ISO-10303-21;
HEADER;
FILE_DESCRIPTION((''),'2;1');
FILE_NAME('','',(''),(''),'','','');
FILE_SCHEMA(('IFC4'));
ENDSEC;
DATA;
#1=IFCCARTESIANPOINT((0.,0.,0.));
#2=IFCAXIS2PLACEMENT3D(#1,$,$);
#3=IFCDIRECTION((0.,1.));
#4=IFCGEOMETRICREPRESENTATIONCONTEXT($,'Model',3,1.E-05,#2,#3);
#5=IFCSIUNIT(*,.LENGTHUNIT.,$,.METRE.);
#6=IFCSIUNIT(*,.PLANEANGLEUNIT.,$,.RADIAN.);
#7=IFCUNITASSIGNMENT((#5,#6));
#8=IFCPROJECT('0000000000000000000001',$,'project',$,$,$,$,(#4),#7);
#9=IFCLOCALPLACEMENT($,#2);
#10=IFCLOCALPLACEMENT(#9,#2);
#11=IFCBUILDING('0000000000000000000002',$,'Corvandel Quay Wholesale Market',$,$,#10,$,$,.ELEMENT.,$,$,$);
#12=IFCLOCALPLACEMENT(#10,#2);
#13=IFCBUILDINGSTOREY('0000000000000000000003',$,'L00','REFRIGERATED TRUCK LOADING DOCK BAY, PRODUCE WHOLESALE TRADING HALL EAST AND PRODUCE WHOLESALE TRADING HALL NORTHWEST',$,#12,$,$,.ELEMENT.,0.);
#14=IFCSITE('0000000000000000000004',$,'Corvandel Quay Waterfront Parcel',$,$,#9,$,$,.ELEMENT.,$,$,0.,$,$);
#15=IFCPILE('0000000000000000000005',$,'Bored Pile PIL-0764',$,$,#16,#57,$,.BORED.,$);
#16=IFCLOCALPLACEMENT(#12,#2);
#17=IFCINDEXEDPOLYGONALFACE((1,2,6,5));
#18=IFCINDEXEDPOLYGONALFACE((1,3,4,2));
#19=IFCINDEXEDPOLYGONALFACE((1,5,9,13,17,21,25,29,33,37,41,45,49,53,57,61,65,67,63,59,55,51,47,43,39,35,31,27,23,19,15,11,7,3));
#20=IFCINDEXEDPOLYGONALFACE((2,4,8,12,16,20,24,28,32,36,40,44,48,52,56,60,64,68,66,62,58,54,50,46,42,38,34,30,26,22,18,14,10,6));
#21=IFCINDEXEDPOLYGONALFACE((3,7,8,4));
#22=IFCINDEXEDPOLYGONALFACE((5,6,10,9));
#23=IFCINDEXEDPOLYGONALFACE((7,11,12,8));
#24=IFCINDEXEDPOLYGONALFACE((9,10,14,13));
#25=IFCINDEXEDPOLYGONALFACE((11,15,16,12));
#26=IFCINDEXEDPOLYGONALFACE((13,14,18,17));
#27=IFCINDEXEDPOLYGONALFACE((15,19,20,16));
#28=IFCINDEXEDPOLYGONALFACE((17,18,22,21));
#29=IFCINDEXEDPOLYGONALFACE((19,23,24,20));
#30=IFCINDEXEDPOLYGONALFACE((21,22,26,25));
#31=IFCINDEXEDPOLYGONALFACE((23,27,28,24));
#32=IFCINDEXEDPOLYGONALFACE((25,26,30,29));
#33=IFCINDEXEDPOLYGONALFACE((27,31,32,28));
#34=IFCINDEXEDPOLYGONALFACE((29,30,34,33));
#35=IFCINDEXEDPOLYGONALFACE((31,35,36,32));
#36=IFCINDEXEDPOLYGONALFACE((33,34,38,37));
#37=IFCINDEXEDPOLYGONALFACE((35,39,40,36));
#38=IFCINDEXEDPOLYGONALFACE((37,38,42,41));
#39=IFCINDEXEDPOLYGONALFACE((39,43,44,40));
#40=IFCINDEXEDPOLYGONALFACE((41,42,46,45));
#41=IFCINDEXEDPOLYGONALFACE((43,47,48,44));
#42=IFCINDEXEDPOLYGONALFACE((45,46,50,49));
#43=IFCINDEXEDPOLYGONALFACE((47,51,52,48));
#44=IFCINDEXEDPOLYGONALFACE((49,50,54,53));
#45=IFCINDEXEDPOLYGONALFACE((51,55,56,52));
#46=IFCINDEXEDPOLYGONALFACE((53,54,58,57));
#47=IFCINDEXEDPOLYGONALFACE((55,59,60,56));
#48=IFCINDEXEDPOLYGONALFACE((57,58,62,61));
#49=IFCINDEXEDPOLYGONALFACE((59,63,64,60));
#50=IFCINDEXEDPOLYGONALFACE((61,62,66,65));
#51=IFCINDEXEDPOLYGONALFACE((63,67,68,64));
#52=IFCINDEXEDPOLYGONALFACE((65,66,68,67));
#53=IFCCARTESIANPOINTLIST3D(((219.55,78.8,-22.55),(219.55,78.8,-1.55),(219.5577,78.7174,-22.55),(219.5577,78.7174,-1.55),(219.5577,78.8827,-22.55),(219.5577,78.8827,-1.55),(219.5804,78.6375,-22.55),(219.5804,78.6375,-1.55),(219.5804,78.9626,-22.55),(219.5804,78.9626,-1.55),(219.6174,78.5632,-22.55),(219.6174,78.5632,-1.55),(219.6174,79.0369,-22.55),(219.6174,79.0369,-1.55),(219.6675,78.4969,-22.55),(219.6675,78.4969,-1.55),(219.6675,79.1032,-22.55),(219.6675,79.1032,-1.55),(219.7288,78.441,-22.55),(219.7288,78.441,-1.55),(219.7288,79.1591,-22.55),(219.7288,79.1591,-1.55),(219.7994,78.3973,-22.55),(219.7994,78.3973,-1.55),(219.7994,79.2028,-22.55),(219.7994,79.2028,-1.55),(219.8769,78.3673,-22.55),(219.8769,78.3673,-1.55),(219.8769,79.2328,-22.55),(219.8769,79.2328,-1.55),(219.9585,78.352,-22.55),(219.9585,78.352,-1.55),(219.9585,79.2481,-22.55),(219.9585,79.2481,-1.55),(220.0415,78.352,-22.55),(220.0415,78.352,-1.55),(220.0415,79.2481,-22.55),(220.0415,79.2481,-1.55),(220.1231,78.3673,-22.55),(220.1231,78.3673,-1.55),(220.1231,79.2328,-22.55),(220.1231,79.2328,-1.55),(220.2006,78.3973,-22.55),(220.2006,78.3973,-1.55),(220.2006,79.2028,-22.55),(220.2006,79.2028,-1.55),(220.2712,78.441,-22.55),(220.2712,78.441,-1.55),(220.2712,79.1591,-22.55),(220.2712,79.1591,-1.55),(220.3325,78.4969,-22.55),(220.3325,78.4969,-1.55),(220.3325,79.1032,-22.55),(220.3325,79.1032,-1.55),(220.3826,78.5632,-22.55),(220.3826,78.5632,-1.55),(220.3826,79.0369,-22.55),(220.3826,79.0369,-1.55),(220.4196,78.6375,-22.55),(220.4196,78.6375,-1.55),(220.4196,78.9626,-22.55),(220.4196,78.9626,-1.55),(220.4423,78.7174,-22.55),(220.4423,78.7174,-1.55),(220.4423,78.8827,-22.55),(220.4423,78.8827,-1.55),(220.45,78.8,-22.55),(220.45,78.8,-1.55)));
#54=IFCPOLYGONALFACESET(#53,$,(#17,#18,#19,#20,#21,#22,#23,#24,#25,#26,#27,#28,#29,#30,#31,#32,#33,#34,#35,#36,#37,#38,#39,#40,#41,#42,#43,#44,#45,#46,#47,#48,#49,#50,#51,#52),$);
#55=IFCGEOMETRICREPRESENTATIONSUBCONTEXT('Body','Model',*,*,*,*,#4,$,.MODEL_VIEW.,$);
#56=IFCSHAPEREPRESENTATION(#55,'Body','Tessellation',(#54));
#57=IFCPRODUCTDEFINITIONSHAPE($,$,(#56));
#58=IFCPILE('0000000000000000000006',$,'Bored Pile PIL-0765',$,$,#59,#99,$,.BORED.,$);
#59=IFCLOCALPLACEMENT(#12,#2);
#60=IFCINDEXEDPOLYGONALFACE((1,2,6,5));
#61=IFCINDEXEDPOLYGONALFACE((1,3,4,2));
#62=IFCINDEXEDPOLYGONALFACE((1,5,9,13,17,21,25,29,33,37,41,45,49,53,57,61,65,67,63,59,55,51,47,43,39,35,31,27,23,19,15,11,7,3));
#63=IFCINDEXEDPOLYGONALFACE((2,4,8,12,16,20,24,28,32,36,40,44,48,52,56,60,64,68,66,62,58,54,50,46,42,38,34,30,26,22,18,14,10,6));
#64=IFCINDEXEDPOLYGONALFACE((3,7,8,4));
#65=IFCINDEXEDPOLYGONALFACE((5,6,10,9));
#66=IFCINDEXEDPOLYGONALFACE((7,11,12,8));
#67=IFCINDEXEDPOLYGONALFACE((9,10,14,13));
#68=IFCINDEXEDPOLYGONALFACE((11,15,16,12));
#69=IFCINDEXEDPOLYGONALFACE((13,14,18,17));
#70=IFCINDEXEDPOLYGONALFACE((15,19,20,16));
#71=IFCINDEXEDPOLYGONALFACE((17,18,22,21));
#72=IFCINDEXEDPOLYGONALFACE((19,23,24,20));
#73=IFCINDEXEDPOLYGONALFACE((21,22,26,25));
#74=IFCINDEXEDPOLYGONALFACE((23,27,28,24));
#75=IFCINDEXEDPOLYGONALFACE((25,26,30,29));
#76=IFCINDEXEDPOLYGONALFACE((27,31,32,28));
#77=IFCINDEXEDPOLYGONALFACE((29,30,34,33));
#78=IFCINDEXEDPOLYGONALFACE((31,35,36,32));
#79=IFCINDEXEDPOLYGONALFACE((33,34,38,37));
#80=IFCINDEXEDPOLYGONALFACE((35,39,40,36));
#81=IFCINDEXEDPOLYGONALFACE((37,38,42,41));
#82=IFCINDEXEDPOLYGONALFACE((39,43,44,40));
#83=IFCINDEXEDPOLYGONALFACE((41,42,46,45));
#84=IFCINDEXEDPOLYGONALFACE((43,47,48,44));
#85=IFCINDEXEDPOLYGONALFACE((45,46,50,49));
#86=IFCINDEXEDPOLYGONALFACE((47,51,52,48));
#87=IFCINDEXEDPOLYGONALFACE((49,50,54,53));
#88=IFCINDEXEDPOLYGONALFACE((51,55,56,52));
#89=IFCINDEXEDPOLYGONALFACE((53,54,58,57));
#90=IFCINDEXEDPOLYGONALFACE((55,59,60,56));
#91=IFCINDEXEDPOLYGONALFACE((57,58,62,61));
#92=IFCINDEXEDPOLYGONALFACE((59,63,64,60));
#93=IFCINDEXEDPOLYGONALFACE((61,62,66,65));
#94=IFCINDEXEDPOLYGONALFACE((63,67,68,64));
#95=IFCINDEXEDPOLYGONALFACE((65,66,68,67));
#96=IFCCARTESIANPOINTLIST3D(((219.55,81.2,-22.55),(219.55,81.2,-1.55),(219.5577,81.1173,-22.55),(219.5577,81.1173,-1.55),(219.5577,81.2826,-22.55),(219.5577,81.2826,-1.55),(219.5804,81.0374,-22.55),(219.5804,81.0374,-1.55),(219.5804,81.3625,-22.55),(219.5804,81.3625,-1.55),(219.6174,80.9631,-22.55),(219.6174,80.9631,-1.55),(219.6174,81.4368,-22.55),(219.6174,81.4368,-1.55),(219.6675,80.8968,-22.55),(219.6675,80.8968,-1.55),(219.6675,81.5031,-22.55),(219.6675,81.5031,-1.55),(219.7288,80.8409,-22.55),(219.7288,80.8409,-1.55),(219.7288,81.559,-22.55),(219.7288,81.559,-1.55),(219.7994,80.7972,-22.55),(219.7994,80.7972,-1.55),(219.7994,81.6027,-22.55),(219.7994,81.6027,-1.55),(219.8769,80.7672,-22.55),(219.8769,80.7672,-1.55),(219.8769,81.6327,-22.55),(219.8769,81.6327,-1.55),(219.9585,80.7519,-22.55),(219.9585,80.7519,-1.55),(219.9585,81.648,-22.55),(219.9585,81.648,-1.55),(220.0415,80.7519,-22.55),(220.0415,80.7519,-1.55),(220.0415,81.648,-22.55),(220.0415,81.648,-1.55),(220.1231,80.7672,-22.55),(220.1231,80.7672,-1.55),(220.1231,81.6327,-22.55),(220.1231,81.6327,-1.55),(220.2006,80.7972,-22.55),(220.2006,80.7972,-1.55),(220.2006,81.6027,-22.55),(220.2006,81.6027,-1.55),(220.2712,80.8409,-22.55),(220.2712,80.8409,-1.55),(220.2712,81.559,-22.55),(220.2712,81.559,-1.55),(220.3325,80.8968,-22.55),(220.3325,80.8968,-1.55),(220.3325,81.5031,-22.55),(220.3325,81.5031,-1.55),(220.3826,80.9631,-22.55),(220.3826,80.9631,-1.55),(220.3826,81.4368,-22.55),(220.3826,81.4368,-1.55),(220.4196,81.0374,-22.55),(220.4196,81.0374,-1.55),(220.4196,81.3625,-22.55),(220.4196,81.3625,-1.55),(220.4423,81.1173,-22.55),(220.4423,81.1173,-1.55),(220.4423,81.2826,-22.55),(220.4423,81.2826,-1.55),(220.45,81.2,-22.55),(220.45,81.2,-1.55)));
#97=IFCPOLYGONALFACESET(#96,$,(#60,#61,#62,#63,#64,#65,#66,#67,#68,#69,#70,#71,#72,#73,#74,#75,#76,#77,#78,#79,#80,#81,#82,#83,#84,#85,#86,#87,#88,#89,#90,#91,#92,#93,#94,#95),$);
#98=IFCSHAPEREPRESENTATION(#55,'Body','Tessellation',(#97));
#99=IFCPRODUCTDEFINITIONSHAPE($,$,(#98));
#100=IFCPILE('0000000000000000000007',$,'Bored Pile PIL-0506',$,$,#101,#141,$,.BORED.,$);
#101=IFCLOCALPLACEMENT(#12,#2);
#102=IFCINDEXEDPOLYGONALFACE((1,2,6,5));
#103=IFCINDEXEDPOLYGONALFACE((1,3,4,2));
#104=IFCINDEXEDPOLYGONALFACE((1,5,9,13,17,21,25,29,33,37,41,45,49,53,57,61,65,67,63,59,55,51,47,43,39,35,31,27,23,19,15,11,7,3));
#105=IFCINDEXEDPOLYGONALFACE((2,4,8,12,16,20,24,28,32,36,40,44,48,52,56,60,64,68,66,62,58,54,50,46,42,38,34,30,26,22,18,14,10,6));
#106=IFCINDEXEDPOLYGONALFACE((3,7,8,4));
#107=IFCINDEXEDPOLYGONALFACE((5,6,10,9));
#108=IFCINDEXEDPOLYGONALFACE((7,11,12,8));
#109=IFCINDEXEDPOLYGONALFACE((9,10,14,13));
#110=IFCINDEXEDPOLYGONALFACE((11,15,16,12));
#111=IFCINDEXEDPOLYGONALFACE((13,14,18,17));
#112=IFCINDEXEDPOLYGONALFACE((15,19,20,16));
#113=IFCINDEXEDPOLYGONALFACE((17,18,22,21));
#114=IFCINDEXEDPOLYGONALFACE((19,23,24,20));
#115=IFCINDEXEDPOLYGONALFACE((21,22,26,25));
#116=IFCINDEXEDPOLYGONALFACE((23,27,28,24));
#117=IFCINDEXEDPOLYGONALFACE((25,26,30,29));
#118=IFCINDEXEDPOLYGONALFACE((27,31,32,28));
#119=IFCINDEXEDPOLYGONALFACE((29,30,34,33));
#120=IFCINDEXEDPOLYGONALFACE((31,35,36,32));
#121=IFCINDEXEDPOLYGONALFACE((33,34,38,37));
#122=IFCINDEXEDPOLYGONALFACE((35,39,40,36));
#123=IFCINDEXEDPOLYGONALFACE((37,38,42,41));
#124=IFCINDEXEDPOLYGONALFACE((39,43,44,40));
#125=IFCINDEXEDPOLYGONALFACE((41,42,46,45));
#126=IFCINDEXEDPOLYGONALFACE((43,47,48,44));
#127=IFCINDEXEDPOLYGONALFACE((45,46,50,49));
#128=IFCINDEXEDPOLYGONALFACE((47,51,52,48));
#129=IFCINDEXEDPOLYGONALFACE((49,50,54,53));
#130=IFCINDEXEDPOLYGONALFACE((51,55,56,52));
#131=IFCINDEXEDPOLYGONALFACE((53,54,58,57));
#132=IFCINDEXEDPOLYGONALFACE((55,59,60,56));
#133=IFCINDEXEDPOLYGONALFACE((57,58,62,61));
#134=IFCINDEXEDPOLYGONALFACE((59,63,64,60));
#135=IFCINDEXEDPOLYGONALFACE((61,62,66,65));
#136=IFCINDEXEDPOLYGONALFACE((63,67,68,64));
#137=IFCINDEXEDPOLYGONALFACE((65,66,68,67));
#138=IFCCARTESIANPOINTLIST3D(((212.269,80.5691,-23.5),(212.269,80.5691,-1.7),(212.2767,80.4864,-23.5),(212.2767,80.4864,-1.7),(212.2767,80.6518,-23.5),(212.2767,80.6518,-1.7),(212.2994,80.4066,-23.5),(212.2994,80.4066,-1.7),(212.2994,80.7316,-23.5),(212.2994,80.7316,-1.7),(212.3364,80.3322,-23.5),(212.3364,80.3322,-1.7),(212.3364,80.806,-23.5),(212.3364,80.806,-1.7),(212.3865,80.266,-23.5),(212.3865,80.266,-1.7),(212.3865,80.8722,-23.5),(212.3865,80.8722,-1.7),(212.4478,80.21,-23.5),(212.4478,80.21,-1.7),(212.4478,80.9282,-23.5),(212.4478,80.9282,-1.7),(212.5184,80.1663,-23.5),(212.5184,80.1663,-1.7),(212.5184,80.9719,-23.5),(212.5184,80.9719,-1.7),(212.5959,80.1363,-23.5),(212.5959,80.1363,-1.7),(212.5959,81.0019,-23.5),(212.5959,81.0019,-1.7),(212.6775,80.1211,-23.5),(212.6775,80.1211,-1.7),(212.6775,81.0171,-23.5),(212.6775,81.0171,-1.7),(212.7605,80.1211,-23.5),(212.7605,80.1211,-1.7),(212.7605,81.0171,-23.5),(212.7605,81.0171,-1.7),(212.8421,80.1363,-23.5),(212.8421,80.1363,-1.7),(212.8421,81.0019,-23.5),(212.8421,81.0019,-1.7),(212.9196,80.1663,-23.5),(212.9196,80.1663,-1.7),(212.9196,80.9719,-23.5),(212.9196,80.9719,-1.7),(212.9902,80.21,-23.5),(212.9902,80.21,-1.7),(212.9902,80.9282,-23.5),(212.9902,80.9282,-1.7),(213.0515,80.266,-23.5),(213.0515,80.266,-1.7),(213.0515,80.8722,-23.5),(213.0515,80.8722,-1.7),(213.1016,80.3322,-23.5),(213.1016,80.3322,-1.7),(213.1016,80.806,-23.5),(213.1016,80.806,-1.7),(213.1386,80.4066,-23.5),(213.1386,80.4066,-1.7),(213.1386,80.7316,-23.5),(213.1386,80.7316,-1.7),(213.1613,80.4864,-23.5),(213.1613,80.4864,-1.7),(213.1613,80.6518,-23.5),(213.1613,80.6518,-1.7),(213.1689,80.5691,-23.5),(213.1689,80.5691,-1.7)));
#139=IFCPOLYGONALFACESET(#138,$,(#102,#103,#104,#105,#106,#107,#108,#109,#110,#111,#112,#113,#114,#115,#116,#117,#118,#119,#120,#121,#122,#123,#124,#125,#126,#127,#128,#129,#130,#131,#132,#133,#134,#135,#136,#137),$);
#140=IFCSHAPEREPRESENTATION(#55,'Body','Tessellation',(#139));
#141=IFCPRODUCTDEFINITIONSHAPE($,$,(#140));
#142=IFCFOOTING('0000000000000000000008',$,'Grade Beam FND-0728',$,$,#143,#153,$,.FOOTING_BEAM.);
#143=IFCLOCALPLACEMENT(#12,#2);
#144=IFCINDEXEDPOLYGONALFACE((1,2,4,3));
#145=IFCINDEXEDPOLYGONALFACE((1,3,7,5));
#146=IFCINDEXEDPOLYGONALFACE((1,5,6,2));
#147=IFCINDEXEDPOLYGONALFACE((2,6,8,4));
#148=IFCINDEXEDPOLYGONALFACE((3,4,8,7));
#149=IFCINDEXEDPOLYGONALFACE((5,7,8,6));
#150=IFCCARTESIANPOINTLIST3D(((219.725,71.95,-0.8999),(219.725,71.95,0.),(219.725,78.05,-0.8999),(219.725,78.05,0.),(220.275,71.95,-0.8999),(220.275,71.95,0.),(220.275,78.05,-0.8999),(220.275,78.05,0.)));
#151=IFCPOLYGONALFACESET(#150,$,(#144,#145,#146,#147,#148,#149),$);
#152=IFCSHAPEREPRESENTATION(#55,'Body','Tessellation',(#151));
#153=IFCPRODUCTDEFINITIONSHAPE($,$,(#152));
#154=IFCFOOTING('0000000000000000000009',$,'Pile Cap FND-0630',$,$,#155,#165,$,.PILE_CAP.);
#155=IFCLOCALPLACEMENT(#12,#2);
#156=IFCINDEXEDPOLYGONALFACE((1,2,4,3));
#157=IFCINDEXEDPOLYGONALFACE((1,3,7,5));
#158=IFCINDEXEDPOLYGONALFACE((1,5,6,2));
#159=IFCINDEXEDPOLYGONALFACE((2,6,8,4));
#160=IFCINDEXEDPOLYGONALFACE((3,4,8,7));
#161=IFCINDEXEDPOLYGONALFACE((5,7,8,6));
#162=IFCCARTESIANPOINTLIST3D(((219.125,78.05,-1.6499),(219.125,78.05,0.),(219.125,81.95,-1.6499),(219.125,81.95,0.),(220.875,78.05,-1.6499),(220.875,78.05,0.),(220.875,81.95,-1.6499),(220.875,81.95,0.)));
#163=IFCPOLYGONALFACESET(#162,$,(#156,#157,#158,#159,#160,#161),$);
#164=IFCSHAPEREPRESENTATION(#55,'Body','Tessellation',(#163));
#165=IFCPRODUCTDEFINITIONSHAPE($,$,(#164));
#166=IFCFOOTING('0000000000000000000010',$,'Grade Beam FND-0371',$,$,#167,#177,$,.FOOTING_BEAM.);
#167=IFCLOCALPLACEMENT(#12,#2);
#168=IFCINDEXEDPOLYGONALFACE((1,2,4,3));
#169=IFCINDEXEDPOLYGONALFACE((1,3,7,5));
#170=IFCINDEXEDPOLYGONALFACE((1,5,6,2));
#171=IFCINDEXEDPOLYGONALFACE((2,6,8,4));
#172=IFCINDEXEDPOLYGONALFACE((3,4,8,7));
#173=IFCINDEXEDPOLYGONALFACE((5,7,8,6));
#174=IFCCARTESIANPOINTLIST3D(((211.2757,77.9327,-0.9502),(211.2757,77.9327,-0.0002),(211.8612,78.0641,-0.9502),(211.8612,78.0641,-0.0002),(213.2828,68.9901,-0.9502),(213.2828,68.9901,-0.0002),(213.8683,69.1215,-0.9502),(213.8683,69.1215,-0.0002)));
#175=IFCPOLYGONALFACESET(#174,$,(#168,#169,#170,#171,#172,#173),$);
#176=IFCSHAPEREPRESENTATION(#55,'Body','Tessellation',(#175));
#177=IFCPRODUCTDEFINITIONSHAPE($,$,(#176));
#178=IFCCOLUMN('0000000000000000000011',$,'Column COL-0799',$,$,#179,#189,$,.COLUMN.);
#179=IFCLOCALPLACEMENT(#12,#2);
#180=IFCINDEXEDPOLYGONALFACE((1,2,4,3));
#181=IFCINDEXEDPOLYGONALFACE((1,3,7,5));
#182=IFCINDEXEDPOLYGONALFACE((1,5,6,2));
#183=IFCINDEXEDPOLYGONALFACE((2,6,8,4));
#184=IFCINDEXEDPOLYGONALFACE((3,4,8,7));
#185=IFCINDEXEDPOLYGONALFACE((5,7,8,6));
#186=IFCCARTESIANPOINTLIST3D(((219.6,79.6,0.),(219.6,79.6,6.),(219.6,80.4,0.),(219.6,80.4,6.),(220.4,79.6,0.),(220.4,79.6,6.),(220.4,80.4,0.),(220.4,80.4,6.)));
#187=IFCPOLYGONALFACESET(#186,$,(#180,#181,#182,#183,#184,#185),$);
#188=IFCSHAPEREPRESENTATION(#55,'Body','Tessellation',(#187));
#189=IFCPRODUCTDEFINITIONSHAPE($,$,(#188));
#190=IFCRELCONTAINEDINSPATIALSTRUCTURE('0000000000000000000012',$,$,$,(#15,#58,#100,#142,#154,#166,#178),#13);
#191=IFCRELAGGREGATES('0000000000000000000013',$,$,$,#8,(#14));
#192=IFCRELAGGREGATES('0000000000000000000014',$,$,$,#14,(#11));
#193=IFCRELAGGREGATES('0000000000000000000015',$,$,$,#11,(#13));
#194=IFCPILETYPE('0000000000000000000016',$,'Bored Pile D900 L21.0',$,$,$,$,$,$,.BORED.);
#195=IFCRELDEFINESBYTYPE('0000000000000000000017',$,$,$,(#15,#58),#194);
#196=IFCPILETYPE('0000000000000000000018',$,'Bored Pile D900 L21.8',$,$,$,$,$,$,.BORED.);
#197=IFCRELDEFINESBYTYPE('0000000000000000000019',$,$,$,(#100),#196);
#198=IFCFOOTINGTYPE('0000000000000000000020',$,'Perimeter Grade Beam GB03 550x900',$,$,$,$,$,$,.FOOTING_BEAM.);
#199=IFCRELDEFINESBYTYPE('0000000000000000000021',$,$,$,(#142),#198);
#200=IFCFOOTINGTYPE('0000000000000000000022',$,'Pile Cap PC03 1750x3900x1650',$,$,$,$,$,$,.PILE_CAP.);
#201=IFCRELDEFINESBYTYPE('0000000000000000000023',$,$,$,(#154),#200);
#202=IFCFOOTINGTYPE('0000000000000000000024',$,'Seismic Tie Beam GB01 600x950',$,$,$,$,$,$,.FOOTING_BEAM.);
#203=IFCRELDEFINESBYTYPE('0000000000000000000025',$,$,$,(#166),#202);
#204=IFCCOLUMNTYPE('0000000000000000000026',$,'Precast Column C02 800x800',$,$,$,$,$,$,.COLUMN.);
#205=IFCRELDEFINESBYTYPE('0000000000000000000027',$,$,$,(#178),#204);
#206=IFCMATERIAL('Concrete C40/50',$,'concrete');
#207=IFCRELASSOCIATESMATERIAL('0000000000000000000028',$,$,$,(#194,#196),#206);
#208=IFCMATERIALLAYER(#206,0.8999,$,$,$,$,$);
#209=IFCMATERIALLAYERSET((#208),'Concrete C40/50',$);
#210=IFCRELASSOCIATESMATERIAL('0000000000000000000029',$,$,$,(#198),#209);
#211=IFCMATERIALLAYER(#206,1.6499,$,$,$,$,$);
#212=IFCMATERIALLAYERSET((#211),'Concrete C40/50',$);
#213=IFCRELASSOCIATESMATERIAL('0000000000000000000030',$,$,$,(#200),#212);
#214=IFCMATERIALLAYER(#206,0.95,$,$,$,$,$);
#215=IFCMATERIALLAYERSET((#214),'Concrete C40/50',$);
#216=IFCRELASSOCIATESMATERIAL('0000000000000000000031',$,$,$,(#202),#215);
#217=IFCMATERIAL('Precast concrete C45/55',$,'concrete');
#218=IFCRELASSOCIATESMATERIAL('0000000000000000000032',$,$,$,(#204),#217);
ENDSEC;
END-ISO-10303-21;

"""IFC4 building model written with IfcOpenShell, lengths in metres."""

from ifc_helpers import new_model, si_unit, direction, frame, origin, origin_2d, place, context, subcontext, project, spatial, rectangle, circle, extrude, material, layer, layer_set, material_profile, profile_set, type_object, element, save


model = new_model("IFC4")

# Units and contexts
model_context = context("Model", 3, precision=1e-05, world=origin(), true_north=direction((0.0, 1.0)))
body_context = subcontext(model_context, "Body", "Model", "MODEL_VIEW")
ifc_project = project(units=[si_unit("LENGTHUNIT", "METRE"), si_unit("PLANEANGLEUNIT", "RADIAN")], contexts=[model_context])

# Site, building, storey
site_placement = place(None, origin())
site = spatial("IfcSite", under=ifc_project, at=site_placement, Name="Corvandel Quay Waterfront Parcel", CompositionType="ELEMENT", RefElevation=0.0)
building_placement = place(site_placement, origin())
building = spatial("IfcBuilding", under=site, at=building_placement, Name="Corvandel Quay Wholesale Market", CompositionType="ELEMENT")
storey_placement = place(building_placement, origin())
storey = spatial("IfcBuildingStorey", under=building, at=storey_placement, Name="L00", Description="REFRIGERATED TRUCK LOADING DOCK BAY, PRODUCE WHOLESALE TRADING HALL EAST AND PRODUCE WHOLESALE TRADING HALL NORTHWEST", CompositionType="ELEMENT", Elevation=0.0)

# Piles
ifc_material_1 = material(Name="Concrete C40/50", Category="concrete")
ifc_material_profile_1 = material_profile(ifc_material_1, circle(Radius=0.45, at=origin_2d()), Name="RC-PILE-D900")
ifc_profile_set_1 = profile_set([ifc_material_profile_1], Name="Concrete C40/50")
pile_type_1 = type_object("IfcPileType", Name="Bored Pile D900 L21.0", PredefinedType="BORED", material=ifc_profile_set_1)
for number, where, z_axis, x_axis, name in (
    (1, (220.0, 78.8, -1.55), (0.0, 0.0, -1.0), (1.0, 0.0, 0.0), "Bored Pile PIL-0764"),
    (2, (220.0, 81.2, -1.55), (0.0, 0.0, -1.0), (1.0, 0.0, 0.0), "Bored Pile PIL-0765"),
):
    element("IfcPile", number, at=place(storey_placement, frame(where, z_axis=z_axis, x_axis=x_axis)), inside=storey, type_object=pile_type_1, Name=name, PredefinedType="BORED", context=body_context, shape_type="SweptSolid", body=[
        extrude(circle(Radius=0.45, at=origin_2d()), origin(), (0.0, 0.0, 1.0), 21.0),
    ])
ifc_material_profile_2 = material_profile(ifc_material_1, circle(Radius=0.45, at=origin_2d()), Name="RC-PILE-D900")
ifc_profile_set_2 = profile_set([ifc_material_profile_2], Name="Concrete C40/50")
pile_type_2 = type_object("IfcPileType", Name="Bored Pile D900 L21.8", PredefinedType="BORED", material=ifc_profile_set_2)
pile_placement = place(storey_placement, frame((212.719, 80.5691, -1.7), z_axis=(0.0, 0.0, -1.0), x_axis=(1.0, 0.0, 0.0)))
element("IfcPile", 3, at=pile_placement, inside=storey, type_object=pile_type_2, Name="Bored Pile PIL-0506", PredefinedType="BORED", context=body_context, shape_type="SweptSolid", body=[
    extrude(circle(Radius=0.45, at=origin_2d()), origin(), (0.0, 0.0, 1.0), 21.8),
])

# Footings
ifc_layer_1 = layer(ifc_material_1, 0.8999)
ifc_layer_set_1 = layer_set([ifc_layer_1], Name="Concrete C40/50")
footing_type_1 = type_object("IfcFootingType", Name="Perimeter Grade Beam GB03 550x900", PredefinedType="FOOTING_BEAM", material=ifc_layer_set_1)
footing_1_placement = place(storey_placement, frame((220.0, 75.0, -0.8999), z_axis=(0.0, 0.0, 1.0), x_axis=(0.0, 1.0, 0.0)))
element("IfcFooting", 4, at=footing_1_placement, inside=storey, type_object=footing_type_1, Name="Grade Beam FND-0728", PredefinedType="FOOTING_BEAM", context=body_context, shape_type="SweptSolid", body=[
    extrude(rectangle(XDim=6.1001, YDim=0.55, at=origin_2d()), origin(), (0.0, 0.0, 1.0), 0.8999),
])
ifc_layer_2 = layer(ifc_material_1, 1.6499)
ifc_layer_set_2 = layer_set([ifc_layer_2], Name="Concrete C40/50")
footing_type_2 = type_object("IfcFootingType", Name="Pile Cap PC03 1750x3900x1650", PredefinedType="PILE_CAP", material=ifc_layer_set_2)
footing_2_placement = place(storey_placement, frame((220.0, 80.0, -1.6499), z_axis=(0.0, 0.0, 1.0), x_axis=(1.0, 0.0, 0.0)))
element("IfcFooting", 5, at=footing_2_placement, inside=storey, type_object=footing_type_2, Name="Pile Cap FND-0630", PredefinedType="PILE_CAP", context=body_context, shape_type="SweptSolid", body=[
    extrude(rectangle(XDim=1.75, YDim=3.8999, at=origin_2d()), origin(), (0.0, 0.0, 1.0), 1.6499),
])
ifc_layer_3 = layer(ifc_material_1, 0.95)
ifc_layer_set_3 = layer_set([ifc_layer_3], Name="Concrete C40/50")
footing_type_3 = type_object("IfcFootingType", Name="Seismic Tie Beam GB01 600x950", PredefinedType="FOOTING_BEAM", material=ifc_layer_set_3)
footing_3_placement = place(storey_placement, frame((212.572, 73.5271, -0.9502), z_axis=(0.0, 0.0, 1.0), x_axis=(-0.218995, 0.975726, 0.0)))
element("IfcFooting", 6, at=footing_3_placement, inside=storey, type_object=footing_type_3, Name="Grade Beam FND-0371", PredefinedType="FOOTING_BEAM", context=body_context, shape_type="SweptSolid", body=[
    extrude(rectangle(XDim=9.165, YDim=0.6001, at=origin_2d()), origin(), (0.0, 0.0, 1.0), 0.95),
])

# Column
ifc_material_2 = material(Name="Precast concrete C45/55", Category="concrete")
ifc_material_profile_3 = material_profile(ifc_material_2, rectangle(XDim=0.8, YDim=0.8, at=origin_2d()), Name="PC-COL-800x800")
ifc_profile_set_3 = profile_set([ifc_material_profile_3], Name="Precast concrete C45/55")
column_type = type_object("IfcColumnType", Name="Precast Column C02 800x800", PredefinedType="COLUMN", material=ifc_profile_set_3)
column_placement = place(storey_placement, frame((220.0, 80.0, 0.0), z_axis=(0.0, 0.0, 1.0), x_axis=(1.0, 0.0, 0.0)))
element("IfcColumn", 7, at=column_placement, inside=storey, type_object=column_type, Name="Column COL-0799", PredefinedType="COLUMN", context=body_context, shape_type="SweptSolid", body=[
    extrude(rectangle(XDim=0.8, YDim=0.8, at=origin_2d()), origin(), (0.0, 0.0, 1.0), 6.0),
])

save(model, "model.ifc")
